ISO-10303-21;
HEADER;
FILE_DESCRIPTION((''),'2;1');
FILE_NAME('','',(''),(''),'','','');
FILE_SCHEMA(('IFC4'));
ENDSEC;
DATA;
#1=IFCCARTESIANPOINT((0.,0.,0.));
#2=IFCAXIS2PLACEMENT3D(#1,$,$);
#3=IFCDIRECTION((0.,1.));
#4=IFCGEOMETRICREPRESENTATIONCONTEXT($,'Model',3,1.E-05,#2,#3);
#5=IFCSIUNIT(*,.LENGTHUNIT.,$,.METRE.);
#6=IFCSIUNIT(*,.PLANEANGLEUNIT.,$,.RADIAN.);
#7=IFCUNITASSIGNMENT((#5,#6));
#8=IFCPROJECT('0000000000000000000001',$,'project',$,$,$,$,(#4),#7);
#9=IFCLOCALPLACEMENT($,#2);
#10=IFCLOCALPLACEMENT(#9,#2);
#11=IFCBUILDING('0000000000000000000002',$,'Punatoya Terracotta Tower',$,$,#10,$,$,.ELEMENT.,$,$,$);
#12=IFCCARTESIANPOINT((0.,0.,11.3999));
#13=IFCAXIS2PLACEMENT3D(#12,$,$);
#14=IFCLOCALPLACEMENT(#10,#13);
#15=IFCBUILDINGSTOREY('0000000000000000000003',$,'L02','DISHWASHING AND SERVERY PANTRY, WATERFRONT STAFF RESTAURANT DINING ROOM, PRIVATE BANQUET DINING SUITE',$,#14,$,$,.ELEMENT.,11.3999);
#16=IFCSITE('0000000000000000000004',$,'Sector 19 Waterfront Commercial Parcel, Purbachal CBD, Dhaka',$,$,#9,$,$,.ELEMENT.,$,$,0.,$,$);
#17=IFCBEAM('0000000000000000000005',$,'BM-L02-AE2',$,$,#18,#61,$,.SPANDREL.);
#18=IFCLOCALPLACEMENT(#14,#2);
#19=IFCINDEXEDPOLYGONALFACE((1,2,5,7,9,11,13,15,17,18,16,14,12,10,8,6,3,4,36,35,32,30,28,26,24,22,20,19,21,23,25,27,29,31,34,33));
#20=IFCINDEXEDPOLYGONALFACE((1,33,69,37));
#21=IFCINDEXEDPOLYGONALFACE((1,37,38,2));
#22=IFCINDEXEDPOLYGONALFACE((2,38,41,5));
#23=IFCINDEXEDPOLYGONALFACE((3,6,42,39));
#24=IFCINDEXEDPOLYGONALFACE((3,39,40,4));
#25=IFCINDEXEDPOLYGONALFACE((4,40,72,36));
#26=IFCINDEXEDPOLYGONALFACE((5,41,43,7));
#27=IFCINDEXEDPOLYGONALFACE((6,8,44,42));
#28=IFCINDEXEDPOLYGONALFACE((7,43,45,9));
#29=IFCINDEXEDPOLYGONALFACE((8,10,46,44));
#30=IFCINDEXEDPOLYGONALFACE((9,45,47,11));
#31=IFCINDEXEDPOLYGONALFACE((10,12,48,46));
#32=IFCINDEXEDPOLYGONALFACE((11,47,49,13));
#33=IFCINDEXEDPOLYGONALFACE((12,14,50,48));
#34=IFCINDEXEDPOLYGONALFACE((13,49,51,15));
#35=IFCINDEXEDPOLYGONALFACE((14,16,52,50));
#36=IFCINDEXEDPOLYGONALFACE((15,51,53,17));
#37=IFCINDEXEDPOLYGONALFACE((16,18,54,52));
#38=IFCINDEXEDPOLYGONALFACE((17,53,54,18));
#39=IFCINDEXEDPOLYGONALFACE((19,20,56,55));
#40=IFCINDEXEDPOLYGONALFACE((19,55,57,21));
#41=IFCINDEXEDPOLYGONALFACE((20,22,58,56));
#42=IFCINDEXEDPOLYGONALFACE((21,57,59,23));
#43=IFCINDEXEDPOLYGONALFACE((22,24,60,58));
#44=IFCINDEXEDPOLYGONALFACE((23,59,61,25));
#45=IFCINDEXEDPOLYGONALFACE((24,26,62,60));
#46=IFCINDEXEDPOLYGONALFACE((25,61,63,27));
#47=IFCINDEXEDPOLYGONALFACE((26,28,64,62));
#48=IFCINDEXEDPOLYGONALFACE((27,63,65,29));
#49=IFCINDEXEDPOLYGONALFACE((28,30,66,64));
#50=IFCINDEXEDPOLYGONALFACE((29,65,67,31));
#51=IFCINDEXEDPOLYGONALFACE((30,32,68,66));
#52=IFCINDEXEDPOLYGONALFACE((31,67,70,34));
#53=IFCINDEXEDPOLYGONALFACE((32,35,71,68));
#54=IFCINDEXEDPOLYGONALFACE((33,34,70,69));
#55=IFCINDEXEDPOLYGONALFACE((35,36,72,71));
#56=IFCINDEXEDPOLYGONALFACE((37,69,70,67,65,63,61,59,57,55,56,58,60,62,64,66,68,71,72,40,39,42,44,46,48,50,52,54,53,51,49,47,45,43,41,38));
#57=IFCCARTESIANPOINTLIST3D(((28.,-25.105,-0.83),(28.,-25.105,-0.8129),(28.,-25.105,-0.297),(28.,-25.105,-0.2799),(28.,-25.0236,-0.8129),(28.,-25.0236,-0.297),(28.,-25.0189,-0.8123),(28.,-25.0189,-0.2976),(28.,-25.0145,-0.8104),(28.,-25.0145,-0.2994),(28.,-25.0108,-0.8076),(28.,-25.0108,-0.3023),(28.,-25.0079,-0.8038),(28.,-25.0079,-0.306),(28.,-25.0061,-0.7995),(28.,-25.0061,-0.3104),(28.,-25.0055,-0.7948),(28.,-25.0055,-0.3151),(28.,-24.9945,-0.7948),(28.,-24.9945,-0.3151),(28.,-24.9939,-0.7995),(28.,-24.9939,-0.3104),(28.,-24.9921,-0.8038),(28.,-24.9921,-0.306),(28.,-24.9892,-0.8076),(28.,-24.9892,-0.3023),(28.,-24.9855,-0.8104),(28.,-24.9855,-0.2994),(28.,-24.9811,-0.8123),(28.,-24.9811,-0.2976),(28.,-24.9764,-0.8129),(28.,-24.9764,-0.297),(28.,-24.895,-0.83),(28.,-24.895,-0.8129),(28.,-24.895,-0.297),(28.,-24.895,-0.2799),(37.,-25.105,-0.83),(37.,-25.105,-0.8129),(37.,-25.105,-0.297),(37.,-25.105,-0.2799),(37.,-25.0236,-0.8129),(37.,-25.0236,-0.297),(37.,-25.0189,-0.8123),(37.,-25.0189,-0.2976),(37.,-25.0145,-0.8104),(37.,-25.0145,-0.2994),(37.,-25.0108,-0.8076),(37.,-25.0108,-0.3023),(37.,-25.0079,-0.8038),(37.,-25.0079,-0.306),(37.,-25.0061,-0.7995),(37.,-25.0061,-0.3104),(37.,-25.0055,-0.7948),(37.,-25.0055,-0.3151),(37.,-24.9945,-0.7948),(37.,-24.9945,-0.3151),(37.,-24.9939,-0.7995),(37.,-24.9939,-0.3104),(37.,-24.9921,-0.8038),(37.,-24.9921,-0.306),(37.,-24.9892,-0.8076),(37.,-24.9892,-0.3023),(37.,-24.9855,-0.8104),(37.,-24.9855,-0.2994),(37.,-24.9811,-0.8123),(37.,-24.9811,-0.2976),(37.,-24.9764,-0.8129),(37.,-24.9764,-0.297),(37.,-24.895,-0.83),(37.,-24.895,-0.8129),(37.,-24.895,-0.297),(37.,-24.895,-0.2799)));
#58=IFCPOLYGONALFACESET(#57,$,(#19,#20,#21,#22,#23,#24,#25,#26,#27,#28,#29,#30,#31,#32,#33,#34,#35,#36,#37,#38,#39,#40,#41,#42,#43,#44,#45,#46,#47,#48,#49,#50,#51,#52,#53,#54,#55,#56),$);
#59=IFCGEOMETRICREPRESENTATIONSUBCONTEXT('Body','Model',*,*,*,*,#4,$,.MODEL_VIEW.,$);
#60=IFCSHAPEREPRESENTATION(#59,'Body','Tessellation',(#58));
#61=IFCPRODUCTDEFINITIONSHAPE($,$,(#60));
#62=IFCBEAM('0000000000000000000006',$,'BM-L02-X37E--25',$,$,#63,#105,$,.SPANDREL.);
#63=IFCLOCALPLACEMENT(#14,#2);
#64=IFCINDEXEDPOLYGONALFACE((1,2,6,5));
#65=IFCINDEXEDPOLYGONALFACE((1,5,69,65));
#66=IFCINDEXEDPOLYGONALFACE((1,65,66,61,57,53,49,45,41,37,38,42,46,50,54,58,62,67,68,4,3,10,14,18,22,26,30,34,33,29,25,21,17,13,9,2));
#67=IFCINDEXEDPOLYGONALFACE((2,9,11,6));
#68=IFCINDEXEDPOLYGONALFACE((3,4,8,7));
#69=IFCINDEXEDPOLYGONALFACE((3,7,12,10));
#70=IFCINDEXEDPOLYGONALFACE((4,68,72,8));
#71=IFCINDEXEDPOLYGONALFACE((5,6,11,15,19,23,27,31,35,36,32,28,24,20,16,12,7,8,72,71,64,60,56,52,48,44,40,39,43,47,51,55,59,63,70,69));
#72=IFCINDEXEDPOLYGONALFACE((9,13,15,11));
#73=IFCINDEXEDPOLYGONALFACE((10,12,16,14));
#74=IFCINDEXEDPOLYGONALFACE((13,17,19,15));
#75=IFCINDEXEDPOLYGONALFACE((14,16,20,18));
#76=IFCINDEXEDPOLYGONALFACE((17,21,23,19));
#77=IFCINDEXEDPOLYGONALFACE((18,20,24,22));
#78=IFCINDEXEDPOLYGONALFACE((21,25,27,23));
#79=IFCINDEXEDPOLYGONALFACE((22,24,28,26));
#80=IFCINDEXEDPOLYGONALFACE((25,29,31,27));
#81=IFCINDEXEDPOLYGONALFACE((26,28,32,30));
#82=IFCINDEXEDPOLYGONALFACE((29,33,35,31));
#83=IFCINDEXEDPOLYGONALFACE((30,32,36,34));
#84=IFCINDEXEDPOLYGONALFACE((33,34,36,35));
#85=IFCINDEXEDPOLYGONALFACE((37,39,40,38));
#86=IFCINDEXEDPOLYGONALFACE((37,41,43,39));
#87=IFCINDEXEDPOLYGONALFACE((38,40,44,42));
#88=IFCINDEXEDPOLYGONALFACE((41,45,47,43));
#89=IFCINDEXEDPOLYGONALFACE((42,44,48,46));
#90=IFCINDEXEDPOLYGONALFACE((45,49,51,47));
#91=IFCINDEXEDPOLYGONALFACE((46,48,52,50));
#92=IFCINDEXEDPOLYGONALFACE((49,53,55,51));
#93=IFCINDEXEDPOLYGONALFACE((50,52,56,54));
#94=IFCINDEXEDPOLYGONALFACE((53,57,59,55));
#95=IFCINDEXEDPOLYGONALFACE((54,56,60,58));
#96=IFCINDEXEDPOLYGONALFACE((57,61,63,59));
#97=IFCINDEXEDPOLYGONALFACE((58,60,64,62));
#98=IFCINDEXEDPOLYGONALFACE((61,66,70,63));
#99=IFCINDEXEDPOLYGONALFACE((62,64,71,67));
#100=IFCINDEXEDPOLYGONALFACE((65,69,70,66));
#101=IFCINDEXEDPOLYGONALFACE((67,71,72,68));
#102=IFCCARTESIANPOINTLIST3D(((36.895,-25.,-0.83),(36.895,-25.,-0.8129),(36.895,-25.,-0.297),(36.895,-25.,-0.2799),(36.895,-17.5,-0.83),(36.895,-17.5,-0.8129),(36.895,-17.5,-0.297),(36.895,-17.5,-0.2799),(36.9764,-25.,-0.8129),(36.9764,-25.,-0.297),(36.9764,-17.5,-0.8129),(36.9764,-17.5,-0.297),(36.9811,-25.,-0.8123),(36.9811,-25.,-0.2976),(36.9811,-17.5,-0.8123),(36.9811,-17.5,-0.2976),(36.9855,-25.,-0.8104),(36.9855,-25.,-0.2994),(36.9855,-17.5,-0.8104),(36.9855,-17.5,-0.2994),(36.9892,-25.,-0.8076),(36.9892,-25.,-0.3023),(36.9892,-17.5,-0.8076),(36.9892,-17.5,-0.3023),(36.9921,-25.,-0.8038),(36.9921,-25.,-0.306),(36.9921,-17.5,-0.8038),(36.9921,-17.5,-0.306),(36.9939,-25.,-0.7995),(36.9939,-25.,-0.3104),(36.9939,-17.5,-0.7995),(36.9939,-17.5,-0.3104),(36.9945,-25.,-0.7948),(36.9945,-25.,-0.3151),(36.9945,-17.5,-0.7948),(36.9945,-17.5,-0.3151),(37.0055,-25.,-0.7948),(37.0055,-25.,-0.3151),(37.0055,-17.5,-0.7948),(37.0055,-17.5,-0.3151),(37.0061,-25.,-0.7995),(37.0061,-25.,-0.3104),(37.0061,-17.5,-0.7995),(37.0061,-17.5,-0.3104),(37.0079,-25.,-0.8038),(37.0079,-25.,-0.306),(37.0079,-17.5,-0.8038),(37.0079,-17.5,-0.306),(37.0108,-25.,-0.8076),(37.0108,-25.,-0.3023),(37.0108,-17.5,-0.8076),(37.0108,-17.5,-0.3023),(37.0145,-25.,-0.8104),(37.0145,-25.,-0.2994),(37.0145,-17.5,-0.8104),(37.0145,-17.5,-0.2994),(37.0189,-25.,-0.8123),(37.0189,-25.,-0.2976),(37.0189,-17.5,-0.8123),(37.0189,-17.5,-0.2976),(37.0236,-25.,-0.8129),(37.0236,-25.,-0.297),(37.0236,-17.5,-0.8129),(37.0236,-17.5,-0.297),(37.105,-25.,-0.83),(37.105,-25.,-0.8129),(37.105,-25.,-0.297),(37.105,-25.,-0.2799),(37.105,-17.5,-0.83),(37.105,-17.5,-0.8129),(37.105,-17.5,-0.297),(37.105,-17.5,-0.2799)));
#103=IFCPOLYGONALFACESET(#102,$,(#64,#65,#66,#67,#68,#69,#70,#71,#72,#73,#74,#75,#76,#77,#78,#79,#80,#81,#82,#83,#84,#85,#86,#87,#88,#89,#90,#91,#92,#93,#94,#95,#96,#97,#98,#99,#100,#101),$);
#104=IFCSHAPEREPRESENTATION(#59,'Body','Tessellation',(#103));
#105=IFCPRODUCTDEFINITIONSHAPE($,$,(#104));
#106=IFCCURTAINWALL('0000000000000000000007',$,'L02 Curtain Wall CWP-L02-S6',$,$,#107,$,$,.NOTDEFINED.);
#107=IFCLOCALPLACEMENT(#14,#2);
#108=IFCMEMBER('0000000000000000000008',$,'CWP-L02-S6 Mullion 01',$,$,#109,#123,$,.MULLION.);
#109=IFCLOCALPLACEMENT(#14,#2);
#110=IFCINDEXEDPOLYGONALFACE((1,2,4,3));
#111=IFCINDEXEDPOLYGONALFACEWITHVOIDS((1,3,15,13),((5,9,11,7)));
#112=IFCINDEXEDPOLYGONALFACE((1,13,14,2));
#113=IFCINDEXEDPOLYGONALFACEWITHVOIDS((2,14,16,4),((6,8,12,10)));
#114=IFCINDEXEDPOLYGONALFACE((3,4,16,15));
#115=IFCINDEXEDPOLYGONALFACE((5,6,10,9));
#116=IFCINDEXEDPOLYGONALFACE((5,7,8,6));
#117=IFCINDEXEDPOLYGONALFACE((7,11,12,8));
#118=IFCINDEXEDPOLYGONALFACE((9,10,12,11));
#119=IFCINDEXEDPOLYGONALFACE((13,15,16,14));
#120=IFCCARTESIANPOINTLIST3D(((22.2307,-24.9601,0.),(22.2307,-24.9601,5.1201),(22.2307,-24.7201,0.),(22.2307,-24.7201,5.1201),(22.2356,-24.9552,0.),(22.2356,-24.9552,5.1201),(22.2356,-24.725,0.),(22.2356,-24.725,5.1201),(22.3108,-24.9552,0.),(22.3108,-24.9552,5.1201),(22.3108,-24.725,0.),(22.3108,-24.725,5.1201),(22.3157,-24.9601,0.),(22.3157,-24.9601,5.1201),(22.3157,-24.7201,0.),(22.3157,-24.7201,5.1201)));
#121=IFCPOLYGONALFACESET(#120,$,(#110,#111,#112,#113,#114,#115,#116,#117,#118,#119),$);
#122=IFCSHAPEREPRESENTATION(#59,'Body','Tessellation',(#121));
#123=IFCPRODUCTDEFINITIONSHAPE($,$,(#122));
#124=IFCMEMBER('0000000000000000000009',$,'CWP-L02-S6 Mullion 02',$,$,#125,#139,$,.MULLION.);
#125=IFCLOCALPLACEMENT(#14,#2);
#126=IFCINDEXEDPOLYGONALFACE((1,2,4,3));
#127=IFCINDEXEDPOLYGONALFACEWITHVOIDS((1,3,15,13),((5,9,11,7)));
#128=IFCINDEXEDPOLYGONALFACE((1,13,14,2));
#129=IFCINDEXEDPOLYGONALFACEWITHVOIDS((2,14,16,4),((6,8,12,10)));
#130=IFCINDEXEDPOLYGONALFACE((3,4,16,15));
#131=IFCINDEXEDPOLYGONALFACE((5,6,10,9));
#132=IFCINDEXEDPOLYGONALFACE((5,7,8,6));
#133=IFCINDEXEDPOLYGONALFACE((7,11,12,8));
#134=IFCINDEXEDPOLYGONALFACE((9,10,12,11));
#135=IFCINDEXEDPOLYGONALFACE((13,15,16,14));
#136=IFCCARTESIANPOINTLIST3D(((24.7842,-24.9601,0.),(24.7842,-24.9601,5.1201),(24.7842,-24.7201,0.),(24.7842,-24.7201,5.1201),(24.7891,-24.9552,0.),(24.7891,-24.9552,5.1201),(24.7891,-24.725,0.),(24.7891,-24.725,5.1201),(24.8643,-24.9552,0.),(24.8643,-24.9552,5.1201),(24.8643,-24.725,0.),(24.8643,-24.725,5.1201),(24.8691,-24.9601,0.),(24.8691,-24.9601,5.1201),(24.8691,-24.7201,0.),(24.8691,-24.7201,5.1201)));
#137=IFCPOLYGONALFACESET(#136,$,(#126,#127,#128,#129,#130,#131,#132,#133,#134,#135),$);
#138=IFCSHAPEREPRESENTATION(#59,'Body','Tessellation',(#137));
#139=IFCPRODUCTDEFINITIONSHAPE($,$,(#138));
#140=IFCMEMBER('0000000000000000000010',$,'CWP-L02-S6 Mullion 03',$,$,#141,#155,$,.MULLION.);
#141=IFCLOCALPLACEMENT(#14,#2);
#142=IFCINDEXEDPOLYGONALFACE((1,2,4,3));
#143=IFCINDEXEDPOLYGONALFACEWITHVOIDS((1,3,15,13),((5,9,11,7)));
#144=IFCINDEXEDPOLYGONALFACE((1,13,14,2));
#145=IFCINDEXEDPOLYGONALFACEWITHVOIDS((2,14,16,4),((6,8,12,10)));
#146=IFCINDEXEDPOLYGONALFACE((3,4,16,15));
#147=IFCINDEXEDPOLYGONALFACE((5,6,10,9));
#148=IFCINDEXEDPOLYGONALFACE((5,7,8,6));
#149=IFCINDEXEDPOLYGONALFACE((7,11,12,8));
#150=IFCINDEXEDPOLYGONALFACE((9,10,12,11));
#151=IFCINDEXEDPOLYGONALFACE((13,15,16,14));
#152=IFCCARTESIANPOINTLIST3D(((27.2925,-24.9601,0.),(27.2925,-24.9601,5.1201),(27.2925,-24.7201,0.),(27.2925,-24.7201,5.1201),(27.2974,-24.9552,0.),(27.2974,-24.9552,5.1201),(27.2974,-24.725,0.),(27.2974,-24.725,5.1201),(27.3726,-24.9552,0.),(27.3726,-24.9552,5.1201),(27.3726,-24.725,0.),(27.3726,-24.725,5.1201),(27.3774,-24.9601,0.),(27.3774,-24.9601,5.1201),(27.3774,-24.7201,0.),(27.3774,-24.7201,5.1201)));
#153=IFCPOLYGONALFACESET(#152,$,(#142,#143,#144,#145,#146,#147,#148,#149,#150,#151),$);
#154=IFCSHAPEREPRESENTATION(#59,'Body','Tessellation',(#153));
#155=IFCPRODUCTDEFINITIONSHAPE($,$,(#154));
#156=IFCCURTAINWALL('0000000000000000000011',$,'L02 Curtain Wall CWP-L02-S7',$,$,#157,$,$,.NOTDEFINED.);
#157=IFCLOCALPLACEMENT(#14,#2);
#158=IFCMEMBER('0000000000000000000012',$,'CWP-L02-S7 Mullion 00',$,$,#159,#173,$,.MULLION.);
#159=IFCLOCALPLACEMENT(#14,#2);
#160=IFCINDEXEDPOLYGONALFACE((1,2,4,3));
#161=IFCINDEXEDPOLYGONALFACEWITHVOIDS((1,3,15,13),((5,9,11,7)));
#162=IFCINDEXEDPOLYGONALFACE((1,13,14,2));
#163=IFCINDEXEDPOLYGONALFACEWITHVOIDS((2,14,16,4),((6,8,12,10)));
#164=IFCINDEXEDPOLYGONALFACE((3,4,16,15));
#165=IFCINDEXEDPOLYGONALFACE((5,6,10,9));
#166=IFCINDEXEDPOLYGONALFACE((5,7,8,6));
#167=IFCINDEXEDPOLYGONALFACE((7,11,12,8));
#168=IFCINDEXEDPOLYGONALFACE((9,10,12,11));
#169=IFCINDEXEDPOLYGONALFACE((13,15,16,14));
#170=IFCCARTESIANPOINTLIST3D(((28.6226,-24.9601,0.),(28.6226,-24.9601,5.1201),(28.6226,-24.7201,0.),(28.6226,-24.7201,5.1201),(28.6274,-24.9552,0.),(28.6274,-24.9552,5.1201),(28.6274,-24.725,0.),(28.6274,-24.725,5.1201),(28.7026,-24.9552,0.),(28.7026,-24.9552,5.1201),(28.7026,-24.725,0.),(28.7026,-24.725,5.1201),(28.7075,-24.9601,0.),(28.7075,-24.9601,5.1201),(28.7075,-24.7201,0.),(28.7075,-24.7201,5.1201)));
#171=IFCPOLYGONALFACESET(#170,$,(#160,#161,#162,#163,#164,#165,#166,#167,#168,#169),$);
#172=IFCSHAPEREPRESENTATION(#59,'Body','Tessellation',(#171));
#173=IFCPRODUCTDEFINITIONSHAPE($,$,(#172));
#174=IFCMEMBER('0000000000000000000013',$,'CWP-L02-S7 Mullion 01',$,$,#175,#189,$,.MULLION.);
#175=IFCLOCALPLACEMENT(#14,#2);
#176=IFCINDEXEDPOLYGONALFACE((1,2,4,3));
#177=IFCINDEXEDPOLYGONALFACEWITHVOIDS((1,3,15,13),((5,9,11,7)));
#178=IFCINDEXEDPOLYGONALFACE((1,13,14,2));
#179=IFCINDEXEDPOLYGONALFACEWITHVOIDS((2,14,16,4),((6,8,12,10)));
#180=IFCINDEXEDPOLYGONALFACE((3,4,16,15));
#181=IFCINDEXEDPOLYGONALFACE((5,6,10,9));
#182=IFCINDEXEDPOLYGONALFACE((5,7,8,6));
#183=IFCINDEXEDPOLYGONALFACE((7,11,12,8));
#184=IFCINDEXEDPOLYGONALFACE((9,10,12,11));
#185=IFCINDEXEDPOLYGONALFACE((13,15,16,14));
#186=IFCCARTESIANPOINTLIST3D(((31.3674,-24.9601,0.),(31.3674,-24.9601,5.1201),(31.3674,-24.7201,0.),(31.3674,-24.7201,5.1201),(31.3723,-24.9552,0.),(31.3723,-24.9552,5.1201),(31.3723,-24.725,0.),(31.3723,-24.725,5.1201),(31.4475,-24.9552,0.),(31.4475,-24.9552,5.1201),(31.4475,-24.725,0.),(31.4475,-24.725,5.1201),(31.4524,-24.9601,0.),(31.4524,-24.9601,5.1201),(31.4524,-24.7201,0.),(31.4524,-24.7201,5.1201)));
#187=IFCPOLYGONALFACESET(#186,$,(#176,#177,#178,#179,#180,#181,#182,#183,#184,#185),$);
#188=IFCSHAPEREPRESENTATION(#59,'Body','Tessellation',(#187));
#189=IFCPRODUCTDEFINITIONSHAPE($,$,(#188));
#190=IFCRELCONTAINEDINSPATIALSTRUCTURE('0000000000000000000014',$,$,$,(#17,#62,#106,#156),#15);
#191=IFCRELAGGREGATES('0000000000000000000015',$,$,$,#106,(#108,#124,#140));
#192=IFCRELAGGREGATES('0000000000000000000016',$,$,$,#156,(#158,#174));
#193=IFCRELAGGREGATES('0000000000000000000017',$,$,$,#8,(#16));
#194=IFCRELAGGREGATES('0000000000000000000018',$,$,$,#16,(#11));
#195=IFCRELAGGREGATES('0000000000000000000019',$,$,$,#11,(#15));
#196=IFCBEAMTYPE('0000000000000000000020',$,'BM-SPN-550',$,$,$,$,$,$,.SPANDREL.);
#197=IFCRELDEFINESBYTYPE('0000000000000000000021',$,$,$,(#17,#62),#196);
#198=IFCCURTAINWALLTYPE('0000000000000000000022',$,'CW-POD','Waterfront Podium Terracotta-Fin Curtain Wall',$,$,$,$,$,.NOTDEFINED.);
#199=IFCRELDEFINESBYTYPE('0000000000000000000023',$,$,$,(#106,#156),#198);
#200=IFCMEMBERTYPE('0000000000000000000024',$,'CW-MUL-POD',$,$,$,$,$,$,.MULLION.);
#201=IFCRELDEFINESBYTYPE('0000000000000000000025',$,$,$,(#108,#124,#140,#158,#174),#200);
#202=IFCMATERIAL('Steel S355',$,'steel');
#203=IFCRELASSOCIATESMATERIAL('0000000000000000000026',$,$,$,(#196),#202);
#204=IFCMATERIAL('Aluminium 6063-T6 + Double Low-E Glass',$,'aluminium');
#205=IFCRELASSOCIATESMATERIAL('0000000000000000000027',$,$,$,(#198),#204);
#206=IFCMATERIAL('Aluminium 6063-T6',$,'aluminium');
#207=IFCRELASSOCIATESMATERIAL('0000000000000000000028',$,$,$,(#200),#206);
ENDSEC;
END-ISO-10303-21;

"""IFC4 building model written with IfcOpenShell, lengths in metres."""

from ifc_helpers import new_model, si_unit, direction, frame, origin, origin_2d, place, context, subcontext, project, spatial, hollow_rectangle, i_section, extrude, material, material_profile, profile_set, type_object, element, aggregate, save


model = new_model("IFC4")

# Units and contexts
model_context = context("Model", 3, precision=1e-05, world=origin(), true_north=direction((0.0, 1.0)))
body_context = subcontext(model_context, "Body", "Model", "MODEL_VIEW")
ifc_project = project(units=[si_unit("LENGTHUNIT", "METRE"), si_unit("PLANEANGLEUNIT", "RADIAN")], contexts=[model_context])

# Site, building, storey
site_placement = place(None, origin())
site = spatial("IfcSite", under=ifc_project, at=site_placement, Name="Sector 19 Waterfront Commercial Parcel, Purbachal CBD, Dhaka", CompositionType="ELEMENT", RefElevation=0.0)
building_placement = place(site_placement, origin())
building = spatial("IfcBuilding", under=site, at=building_placement, Name="Punatoya Terracotta Tower", CompositionType="ELEMENT")
storey_placement = place(building_placement, frame((0.0, 0.0, 11.3999)))
storey = spatial("IfcBuildingStorey", under=building, at=storey_placement, Name="L02", Description="DISHWASHING AND SERVERY PANTRY, WATERFRONT STAFF RESTAURANT DINING ROOM, PRIVATE BANQUET DINING SUITE", CompositionType="ELEMENT", Elevation=11.3999)

# Beams
ifc_material_1 = material(Name="Steel S355", Category="steel")
ifc_material_profile_1 = material_profile(ifc_material_1, i_section(OverallWidth=0.21, OverallDepth=0.55, WebThickness=0.011, FlangeThickness=0.0171, FilletRadius=0.0181, at=origin_2d()))
ifc_profile_set_1 = profile_set([ifc_material_profile_1], Name="Steel S355")
beam_type_1 = type_object("IfcBeamType", Name="BM-SPN-550", PredefinedType="SPANDREL", material=ifc_profile_set_1)
beam_1_placement = place(storey_placement, frame((28.0, -25.0, -0.5549), z_axis=(1.0, 0.0, 0.0), x_axis=(0.0, 1.0, 0.0)))
element("IfcBeam", 1, at=beam_1_placement, inside=storey, type_object=beam_type_1, Name="BM-L02-AE2", PredefinedType="SPANDREL", context=body_context, shape_type="SweptSolid", body=[
    extrude(i_section(OverallWidth=0.21, OverallDepth=0.55, WebThickness=0.011, FlangeThickness=0.0171, FilletRadius=0.0181, at=origin_2d()), origin(), (0.0, 0.0, 1.0), 9.0),
])
beam_2_placement = place(storey_placement, frame((37.0, -25.0, -0.5549), z_axis=(0.0, 1.0, 0.0), x_axis=(-1.0, 0.0, 0.0)))
element("IfcBeam", 2, at=beam_2_placement, inside=storey, type_object=beam_type_1, Name="BM-L02-X37E--25", PredefinedType="SPANDREL", context=body_context, shape_type="SweptSolid", body=[
    extrude(i_section(OverallWidth=0.21, OverallDepth=0.55, WebThickness=0.011, FlangeThickness=0.0171, FilletRadius=0.0181, at=origin_2d()), origin(), (0.0, 0.0, 1.0), 7.5),
])

# Curtain walls, members
ifc_material_2 = material(Name="Aluminium 6063-T6 + Double Low-E Glass", Category="aluminium")
curtain_wall_type = type_object("IfcCurtainWallType", Name="CW-POD", Description="Waterfront Podium Terracotta-Fin Curtain Wall", PredefinedType="NOTDEFINED", material=ifc_material_2)
curtain_wall_1_placement = place(storey_placement, origin())
curtain_wall_1 = element("IfcCurtainWall", 3, at=curtain_wall_1_placement, inside=storey, type_object=curtain_wall_type, Name="L02 Curtain Wall CWP-L02-S6", PredefinedType="NOTDEFINED")
ifc_material_3 = material(Name="Aluminium 6063-T6", Category="aluminium")
ifc_material_profile_2 = material_profile(ifc_material_3, hollow_rectangle(XDim=0.085, YDim=0.24, WallThickness=0.0049, at=origin_2d()))
ifc_profile_set_2 = profile_set([ifc_material_profile_2], Name="Aluminium 6063-T6")
member_type_1 = type_object("IfcMemberType", Name="CW-MUL-POD", PredefinedType="MULLION", material=ifc_profile_set_2)
member_1_placement = place(storey_placement, frame((22.2732, -24.8401, 0.0), z_axis=(0.0, 0.0, 1.0), x_axis=(1.0, 0.0, 0.0)))
member_1 = element("IfcMember", 4, at=member_1_placement, type_object=member_type_1, Name="CWP-L02-S6 Mullion 01", PredefinedType="MULLION", context=body_context, shape_type="SweptSolid", body=[
    extrude(hollow_rectangle(XDim=0.085, YDim=0.24, WallThickness=0.0049, at=origin_2d()), origin(), (0.0, 0.0, 1.0), 5.1201),
])
member_2_placement = place(storey_placement, frame((24.8267, -24.8401, 0.0), z_axis=(0.0, 0.0, 1.0), x_axis=(1.0, 0.0, 0.0)))
member_2 = element("IfcMember", 5, at=member_2_placement, type_object=member_type_1, Name="CWP-L02-S6 Mullion 02", PredefinedType="MULLION", context=body_context, shape_type="SweptSolid", body=[
    extrude(hollow_rectangle(XDim=0.085, YDim=0.24, WallThickness=0.0049, at=origin_2d()), origin(), (0.0, 0.0, 1.0), 5.1201),
])
member_3_placement = place(storey_placement, frame((27.335, -24.8401, 0.0), z_axis=(0.0, 0.0, 1.0), x_axis=(1.0, 0.0, 0.0)))
member_3 = element("IfcMember", 6, at=member_3_placement, type_object=member_type_1, Name="CWP-L02-S6 Mullion 03", PredefinedType="MULLION", context=body_context, shape_type="SweptSolid", body=[
    extrude(hollow_rectangle(XDim=0.085, YDim=0.24, WallThickness=0.0049, at=origin_2d()), origin(), (0.0, 0.0, 1.0), 5.1201),
])
curtain_wall_2_placement = place(storey_placement, origin())
curtain_wall_2 = element("IfcCurtainWall", 7, at=curtain_wall_2_placement, inside=storey, type_object=curtain_wall_type, Name="L02 Curtain Wall CWP-L02-S7", PredefinedType="NOTDEFINED")
member_4_placement = place(storey_placement, frame((28.665, -24.8401, 0.0), z_axis=(0.0, 0.0, 1.0), x_axis=(1.0, 0.0, 0.0)))
member_4 = element("IfcMember", 8, at=member_4_placement, type_object=member_type_1, Name="CWP-L02-S7 Mullion 00", PredefinedType="MULLION", context=body_context, shape_type="SweptSolid", body=[
    extrude(hollow_rectangle(XDim=0.085, YDim=0.24, WallThickness=0.0049, at=origin_2d()), origin(), (0.0, 0.0, 1.0), 5.1201),
])
member_5_placement = place(storey_placement, frame((31.4099, -24.8401, 0.0), z_axis=(0.0, 0.0, 1.0), x_axis=(1.0, 0.0, 0.0)))
member_5 = element("IfcMember", 9, at=member_5_placement, type_object=member_type_1, Name="CWP-L02-S7 Mullion 01", PredefinedType="MULLION", context=body_context, shape_type="SweptSolid", body=[
    extrude(hollow_rectangle(XDim=0.085, YDim=0.24, WallThickness=0.0049, at=origin_2d()), origin(), (0.0, 0.0, 1.0), 5.1201),
])

aggregate(curtain_wall_1, [member_1, member_2, member_3])
aggregate(curtain_wall_2, [member_4, member_5])

save(model, "model.ifc")
